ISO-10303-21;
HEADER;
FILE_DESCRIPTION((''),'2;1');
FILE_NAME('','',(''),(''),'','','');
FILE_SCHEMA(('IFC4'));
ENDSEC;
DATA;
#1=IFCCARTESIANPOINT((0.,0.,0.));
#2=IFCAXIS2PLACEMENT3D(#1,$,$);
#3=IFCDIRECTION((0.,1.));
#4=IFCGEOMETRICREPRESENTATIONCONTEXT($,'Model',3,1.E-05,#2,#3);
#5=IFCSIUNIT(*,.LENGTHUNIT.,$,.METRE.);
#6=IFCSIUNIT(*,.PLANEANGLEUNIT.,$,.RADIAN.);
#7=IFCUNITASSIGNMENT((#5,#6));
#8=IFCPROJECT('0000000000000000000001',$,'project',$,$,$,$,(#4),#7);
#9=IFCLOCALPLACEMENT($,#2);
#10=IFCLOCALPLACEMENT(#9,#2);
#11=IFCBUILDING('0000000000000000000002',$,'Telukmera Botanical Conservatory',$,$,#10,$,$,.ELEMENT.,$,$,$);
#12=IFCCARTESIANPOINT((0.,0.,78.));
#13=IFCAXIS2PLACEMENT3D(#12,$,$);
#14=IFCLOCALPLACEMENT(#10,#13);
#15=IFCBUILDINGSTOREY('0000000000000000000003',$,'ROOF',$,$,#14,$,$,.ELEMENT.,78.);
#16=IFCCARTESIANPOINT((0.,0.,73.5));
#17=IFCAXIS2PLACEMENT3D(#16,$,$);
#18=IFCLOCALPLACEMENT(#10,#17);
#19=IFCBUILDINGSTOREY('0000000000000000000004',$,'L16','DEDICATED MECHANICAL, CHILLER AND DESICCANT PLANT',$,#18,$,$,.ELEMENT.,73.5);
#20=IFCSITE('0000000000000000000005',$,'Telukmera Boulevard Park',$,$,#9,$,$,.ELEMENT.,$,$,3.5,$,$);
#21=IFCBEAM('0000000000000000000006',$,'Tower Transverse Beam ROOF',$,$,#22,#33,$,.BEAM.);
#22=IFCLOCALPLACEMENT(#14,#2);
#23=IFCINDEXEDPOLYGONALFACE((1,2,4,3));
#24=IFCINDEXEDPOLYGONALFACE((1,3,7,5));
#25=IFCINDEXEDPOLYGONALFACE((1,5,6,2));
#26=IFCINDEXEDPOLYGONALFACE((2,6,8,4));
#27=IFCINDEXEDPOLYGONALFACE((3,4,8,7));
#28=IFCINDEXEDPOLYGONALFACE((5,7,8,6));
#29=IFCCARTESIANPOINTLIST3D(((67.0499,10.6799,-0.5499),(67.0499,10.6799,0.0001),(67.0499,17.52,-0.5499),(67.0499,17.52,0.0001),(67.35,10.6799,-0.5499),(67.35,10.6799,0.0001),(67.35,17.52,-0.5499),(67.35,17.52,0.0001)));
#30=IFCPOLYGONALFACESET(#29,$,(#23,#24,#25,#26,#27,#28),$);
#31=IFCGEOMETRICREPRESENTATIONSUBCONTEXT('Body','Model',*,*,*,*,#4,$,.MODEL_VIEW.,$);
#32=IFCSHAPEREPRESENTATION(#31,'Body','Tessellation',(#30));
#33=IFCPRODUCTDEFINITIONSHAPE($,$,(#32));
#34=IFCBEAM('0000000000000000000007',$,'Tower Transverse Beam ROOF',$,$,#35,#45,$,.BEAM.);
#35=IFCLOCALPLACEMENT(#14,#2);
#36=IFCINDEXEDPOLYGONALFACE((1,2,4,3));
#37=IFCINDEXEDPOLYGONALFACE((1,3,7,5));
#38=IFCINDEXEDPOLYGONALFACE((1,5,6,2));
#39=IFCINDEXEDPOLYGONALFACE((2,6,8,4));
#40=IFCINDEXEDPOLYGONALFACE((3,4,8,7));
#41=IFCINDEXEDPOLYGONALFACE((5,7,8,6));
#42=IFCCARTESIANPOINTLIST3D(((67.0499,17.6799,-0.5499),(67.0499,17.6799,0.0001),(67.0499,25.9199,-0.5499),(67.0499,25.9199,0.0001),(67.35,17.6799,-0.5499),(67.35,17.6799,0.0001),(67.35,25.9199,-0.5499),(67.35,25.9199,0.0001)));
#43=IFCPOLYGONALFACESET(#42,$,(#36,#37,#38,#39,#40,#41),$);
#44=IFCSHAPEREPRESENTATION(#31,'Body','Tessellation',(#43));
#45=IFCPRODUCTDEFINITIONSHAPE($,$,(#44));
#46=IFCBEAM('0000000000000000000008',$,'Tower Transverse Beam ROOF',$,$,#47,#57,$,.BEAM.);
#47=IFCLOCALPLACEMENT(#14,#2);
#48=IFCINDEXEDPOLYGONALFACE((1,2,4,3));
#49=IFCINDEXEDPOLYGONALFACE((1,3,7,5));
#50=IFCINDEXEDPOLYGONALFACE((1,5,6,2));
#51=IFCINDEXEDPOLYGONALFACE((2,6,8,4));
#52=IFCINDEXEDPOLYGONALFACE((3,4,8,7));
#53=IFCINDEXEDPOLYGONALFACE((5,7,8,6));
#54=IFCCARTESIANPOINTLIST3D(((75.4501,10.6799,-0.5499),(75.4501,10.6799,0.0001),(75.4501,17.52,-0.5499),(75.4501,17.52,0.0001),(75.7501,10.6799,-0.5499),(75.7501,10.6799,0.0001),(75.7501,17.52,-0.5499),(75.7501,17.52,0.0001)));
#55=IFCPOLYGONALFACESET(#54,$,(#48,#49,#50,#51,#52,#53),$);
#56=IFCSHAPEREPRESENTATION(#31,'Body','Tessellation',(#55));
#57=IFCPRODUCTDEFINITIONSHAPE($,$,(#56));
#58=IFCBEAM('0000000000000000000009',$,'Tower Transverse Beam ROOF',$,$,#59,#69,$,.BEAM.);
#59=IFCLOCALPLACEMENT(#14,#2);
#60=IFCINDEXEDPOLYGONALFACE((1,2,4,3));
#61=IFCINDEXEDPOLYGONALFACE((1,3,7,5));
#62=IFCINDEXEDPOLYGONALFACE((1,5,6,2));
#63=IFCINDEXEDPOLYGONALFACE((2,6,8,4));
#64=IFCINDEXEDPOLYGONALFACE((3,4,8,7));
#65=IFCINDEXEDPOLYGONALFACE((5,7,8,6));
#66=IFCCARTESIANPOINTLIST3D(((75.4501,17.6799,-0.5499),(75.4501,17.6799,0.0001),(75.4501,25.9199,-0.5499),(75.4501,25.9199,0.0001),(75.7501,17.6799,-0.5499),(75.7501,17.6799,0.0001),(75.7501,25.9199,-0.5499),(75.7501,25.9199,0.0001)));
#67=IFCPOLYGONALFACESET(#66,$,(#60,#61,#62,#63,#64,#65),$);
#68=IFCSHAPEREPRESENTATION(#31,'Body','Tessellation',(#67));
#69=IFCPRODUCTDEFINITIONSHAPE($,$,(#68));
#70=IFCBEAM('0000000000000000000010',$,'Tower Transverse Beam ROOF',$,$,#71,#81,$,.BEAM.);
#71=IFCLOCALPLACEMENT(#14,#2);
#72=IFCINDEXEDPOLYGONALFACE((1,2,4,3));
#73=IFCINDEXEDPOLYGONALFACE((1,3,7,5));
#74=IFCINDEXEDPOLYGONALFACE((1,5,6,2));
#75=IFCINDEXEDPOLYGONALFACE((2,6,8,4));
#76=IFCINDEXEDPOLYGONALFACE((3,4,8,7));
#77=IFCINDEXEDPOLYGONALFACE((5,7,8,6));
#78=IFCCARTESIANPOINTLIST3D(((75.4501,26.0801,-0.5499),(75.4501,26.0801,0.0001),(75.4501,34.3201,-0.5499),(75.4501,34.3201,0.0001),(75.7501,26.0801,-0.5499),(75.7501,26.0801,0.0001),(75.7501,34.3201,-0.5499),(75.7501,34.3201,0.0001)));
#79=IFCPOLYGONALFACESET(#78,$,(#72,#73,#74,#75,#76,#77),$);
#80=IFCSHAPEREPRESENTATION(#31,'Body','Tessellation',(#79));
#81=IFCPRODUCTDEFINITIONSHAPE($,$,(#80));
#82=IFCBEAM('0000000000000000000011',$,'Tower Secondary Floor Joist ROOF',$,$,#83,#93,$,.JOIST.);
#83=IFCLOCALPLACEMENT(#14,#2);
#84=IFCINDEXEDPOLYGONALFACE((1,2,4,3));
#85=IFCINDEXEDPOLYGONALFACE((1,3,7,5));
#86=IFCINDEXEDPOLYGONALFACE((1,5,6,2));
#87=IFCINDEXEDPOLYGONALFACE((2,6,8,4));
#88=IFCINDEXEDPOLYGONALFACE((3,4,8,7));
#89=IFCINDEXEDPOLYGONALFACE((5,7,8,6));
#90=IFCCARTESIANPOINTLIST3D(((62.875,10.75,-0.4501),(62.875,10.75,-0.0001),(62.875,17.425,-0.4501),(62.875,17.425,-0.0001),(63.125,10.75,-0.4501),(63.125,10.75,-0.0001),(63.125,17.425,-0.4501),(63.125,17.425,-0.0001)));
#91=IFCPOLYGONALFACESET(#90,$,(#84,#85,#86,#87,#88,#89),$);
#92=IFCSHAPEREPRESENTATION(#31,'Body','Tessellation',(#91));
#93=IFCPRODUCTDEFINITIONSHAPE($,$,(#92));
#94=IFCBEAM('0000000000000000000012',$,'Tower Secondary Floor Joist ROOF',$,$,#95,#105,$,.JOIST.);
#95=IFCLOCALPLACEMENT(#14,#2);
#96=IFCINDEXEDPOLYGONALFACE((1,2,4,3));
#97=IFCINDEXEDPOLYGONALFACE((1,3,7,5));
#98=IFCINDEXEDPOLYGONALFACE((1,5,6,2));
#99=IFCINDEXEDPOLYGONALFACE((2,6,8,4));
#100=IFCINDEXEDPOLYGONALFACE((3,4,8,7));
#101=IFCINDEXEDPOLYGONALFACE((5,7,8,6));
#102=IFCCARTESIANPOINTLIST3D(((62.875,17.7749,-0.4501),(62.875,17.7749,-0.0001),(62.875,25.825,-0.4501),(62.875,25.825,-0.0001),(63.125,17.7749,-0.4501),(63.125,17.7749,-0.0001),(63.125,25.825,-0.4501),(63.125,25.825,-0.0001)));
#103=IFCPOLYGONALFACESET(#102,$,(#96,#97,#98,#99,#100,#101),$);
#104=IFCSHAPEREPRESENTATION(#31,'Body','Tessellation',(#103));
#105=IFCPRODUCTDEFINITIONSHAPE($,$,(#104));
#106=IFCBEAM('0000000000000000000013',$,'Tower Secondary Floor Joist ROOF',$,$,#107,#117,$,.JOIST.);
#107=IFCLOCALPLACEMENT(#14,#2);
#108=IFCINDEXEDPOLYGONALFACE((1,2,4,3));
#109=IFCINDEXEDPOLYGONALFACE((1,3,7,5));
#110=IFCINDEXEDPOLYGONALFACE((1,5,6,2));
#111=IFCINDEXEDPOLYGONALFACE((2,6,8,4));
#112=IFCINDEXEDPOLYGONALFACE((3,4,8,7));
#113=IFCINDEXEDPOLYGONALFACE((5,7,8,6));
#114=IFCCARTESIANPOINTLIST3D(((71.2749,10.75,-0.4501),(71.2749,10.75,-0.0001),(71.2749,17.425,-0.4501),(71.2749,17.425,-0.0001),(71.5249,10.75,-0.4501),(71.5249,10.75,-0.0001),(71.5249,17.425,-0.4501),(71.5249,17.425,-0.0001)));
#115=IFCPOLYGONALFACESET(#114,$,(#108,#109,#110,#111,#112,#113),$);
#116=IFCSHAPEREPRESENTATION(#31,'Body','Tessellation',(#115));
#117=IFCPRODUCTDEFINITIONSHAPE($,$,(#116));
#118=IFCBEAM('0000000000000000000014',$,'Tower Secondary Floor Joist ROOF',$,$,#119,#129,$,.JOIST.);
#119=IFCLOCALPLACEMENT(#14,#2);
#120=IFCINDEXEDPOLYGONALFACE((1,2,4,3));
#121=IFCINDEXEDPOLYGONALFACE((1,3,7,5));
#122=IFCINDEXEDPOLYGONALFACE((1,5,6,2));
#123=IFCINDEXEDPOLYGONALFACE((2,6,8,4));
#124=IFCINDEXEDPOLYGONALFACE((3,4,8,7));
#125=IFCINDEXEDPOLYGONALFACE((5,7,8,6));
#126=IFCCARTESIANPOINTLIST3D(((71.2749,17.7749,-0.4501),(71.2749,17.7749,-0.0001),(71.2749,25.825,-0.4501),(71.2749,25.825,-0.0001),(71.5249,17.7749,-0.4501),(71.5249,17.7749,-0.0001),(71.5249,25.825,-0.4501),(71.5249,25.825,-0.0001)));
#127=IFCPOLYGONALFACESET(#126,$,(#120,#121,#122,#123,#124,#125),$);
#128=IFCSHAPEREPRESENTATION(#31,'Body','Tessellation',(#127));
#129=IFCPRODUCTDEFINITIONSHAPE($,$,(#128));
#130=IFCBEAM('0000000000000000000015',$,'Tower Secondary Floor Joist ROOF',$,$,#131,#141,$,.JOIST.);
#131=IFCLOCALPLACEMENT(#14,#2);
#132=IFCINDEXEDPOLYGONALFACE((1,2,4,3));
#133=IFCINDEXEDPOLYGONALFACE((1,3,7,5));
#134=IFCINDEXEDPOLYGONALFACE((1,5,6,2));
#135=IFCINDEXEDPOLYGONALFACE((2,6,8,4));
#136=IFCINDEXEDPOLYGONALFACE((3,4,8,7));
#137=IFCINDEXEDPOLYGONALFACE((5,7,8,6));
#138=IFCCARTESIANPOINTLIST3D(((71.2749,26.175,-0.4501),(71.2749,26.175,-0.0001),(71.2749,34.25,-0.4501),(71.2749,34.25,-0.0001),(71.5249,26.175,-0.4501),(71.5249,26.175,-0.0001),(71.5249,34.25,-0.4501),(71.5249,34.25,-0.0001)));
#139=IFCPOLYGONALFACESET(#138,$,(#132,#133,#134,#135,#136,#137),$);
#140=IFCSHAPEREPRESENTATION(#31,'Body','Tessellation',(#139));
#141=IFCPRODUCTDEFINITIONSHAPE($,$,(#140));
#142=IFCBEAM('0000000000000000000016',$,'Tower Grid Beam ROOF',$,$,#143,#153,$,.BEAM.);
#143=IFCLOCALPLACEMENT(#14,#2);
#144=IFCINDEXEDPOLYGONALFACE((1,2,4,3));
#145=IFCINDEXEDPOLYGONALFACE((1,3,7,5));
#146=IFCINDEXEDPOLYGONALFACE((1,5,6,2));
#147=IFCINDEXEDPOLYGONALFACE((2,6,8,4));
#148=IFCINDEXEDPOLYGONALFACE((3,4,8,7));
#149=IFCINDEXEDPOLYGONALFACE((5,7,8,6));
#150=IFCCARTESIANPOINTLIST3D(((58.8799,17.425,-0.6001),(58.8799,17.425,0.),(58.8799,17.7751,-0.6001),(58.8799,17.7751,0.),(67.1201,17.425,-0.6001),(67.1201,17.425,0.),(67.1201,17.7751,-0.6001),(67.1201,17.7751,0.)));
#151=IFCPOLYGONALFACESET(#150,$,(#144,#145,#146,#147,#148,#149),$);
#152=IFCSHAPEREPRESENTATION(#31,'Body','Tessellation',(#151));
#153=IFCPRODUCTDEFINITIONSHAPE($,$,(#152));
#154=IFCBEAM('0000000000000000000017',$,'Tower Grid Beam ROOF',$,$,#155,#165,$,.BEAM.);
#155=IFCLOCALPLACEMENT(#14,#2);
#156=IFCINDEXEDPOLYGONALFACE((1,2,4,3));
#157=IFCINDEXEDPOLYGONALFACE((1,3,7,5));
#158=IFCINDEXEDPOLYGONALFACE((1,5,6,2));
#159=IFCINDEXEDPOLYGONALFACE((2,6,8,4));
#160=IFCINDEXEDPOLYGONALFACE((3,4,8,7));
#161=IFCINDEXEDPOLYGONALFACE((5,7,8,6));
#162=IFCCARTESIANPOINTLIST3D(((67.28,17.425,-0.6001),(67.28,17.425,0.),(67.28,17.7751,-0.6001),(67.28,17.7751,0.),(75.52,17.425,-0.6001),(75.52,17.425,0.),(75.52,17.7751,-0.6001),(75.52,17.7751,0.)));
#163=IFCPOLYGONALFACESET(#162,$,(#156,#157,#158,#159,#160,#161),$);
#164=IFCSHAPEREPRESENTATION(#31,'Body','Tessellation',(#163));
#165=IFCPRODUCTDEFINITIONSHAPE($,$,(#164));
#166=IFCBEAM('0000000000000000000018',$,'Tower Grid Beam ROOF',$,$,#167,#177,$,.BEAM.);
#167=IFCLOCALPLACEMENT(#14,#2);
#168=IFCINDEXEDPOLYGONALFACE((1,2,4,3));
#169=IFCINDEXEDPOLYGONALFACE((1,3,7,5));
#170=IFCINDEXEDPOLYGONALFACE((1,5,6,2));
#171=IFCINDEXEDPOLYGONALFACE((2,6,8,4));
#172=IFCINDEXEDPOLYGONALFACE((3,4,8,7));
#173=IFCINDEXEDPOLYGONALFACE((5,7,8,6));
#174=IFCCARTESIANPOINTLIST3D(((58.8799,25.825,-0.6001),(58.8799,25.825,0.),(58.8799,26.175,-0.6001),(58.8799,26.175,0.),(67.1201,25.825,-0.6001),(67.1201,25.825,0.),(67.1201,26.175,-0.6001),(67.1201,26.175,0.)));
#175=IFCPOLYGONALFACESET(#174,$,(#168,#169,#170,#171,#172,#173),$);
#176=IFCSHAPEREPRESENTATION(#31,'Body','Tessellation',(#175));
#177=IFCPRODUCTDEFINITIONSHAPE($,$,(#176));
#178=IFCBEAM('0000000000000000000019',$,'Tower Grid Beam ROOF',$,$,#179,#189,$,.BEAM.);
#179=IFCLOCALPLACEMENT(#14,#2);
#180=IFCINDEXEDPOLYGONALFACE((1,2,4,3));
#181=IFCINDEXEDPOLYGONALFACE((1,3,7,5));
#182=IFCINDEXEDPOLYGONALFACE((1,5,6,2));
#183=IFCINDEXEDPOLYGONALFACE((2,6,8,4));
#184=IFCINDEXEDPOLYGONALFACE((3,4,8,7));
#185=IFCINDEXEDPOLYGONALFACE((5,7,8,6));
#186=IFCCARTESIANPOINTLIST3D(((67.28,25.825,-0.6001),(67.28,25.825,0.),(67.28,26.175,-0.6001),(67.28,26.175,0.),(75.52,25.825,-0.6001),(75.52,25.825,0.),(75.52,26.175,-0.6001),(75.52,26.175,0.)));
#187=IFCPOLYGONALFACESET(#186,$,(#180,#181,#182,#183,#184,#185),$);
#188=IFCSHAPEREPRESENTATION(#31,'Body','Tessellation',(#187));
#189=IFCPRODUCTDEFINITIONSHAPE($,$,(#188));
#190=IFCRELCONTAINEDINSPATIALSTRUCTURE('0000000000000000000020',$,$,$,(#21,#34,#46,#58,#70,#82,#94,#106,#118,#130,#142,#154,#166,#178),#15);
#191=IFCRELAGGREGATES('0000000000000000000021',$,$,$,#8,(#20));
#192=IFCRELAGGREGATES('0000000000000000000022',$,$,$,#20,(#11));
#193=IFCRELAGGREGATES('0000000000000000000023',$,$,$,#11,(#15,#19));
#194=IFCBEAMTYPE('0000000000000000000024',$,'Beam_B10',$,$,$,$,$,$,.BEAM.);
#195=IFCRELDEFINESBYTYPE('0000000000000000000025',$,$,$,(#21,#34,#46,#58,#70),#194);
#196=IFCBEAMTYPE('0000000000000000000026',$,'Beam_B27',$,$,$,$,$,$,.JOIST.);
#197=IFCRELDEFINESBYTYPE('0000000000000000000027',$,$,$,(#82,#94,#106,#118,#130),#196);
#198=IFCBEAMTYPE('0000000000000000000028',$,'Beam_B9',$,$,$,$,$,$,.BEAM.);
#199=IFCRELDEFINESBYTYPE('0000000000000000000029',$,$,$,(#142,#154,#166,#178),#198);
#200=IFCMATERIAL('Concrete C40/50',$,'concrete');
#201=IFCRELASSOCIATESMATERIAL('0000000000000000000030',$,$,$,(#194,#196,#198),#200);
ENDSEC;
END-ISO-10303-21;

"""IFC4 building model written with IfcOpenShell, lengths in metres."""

from ifc_helpers import new_model, si_unit, direction, frame, origin, origin_2d, place, context, subcontext, project, spatial, rectangle, extrude, material, material_profile, profile_set, type_object, element, save


model = new_model("IFC4")

# Units and contexts
model_context = context("Model", 3, precision=1e-05, world=origin(), true_north=direction((0.0, 1.0)))
body_context = subcontext(model_context, "Body", "Model", "MODEL_VIEW")
ifc_project = project(units=[si_unit("LENGTHUNIT", "METRE"), si_unit("PLANEANGLEUNIT", "RADIAN")], contexts=[model_context])

# Site, building, storey
site_placement = place(None, origin())
site = spatial("IfcSite", under=ifc_project, at=site_placement, Name="Telukmera Boulevard Park", CompositionType="ELEMENT", RefElevation=3.5)
building_placement = place(site_placement, origin())
building = spatial("IfcBuilding", under=site, at=building_placement, Name="Telukmera Botanical Conservatory", CompositionType="ELEMENT")
storey_1_placement = place(building_placement, frame((0.0, 0.0, 78.0)))
storey_1 = spatial("IfcBuildingStorey", under=building, at=storey_1_placement, Name="ROOF", CompositionType="ELEMENT", Elevation=78.0)

# Beams
ifc_material_1 = material(Name="Concrete C40/50", Category="concrete")
ifc_material_profile_1 = material_profile(ifc_material_1, rectangle(XDim=0.3, YDim=0.55, at=origin_2d()), Name="RC 300x550")
ifc_profile_set_1 = profile_set([ifc_material_profile_1], Name="Concrete C40/50")
beam_type_1 = type_object("IfcBeamType", Name="Beam_B10", PredefinedType="BEAM", material=ifc_profile_set_1)
beam_1_placement = place(storey_1_placement, frame((67.2, 10.6799, -0.2749), z_axis=(0.0, 1.0, 0.0), x_axis=(-1.0, 0.0, 0.0)))
element("IfcBeam", 1, at=beam_1_placement, inside=storey_1, type_object=beam_type_1, Name="Tower Transverse Beam ROOF", PredefinedType="BEAM", context=body_context, shape_type="SweptSolid", body=[
    extrude(rectangle(XDim=0.3, YDim=0.55, at=origin_2d()), origin(), (0.0, 0.0, 1.0), 6.8401),
])
beam_2_placement = place(storey_1_placement, frame((67.2, 17.6799, -0.2749), z_axis=(0.0, 1.0, 0.0), x_axis=(-1.0, 0.0, 0.0)))
element("IfcBeam", 2, at=beam_2_placement, inside=storey_1, type_object=beam_type_1, Name="Tower Transverse Beam ROOF", PredefinedType="BEAM", context=body_context, shape_type="SweptSolid", body=[
    extrude(rectangle(XDim=0.3, YDim=0.55, at=origin_2d()), origin(), (0.0, 0.0, 1.0), 8.24),
])
beam_3_placement = place(storey_1_placement, frame((75.6001, 10.6799, -0.2749), z_axis=(0.0, 1.0, 0.0), x_axis=(-1.0, 0.0, 0.0)))
element("IfcBeam", 3, at=beam_3_placement, inside=storey_1, type_object=beam_type_1, Name="Tower Transverse Beam ROOF", PredefinedType="BEAM", context=body_context, shape_type="SweptSolid", body=[
    extrude(rectangle(XDim=0.3, YDim=0.55, at=origin_2d()), origin(), (0.0, 0.0, 1.0), 6.8401),
])
for number, where, z_axis, x_axis, name in (
    (4, (75.6001, 17.6799, -0.2749), (0.0, 1.0, 0.0), (-1.0, 0.0, 0.0), "Tower Transverse Beam ROOF"),
    (5, (75.6001, 26.0801, -0.2749), (0.0, 1.0, 0.0), (-1.0, 0.0, 0.0), "Tower Transverse Beam ROOF"),
):
    element("IfcBeam", number, at=place(storey_1_placement, frame(where, z_axis=z_axis, x_axis=x_axis)), inside=storey_1, type_object=beam_type_1, Name=name, PredefinedType="BEAM", context=body_context, shape_type="SweptSolid", body=[
        extrude(rectangle(XDim=0.3, YDim=0.55, at=origin_2d()), origin(), (0.0, 0.0, 1.0), 8.24),
    ])
ifc_material_profile_2 = material_profile(ifc_material_1, rectangle(XDim=0.25, YDim=0.45, at=origin_2d()), Name="RC 250x450")
ifc_profile_set_2 = profile_set([ifc_material_profile_2], Name="Concrete C40/50")
beam_type_2 = type_object("IfcBeamType", Name="Beam_B27", PredefinedType="JOIST", material=ifc_profile_set_2)
beam_4_placement = place(storey_1_placement, frame((63.0, 10.75, -0.2251), z_axis=(0.0, 1.0, 0.0), x_axis=(-1.0, 0.0, 0.0)))
element("IfcBeam", 6, at=beam_4_placement, inside=storey_1, type_object=beam_type_2, Name="Tower Secondary Floor Joist ROOF", PredefinedType="JOIST", context=body_context, shape_type="SweptSolid", body=[
    extrude(rectangle(XDim=0.25, YDim=0.45, at=origin_2d()), origin(), (0.0, 0.0, 1.0), 6.675),
])
beam_5_placement = place(storey_1_placement, frame((63.0, 17.7749, -0.2251), z_axis=(0.0, 1.0, 0.0), x_axis=(-1.0, 0.0, 0.0)))
element("IfcBeam", 7, at=beam_5_placement, inside=storey_1, type_object=beam_type_2, Name="Tower Secondary Floor Joist ROOF", PredefinedType="JOIST", context=body_context, shape_type="SweptSolid", body=[
    extrude(rectangle(XDim=0.25, YDim=0.45, at=origin_2d()), origin(), (0.0, 0.0, 1.0), 8.05),
])
beam_6_placement = place(storey_1_placement, frame((71.3999, 10.75, -0.2251), z_axis=(0.0, 1.0, 0.0), x_axis=(-1.0, 0.0, 0.0)))
element("IfcBeam", 8, at=beam_6_placement, inside=storey_1, type_object=beam_type_2, Name="Tower Secondary Floor Joist ROOF", PredefinedType="JOIST", context=body_context, shape_type="SweptSolid", body=[
    extrude(rectangle(XDim=0.25, YDim=0.45, at=origin_2d()), origin(), (0.0, 0.0, 1.0), 6.675),
])
beam_7_placement = place(storey_1_placement, frame((71.3999, 17.7749, -0.2251), z_axis=(0.0, 1.0, 0.0), x_axis=(-1.0, 0.0, 0.0)))
element("IfcBeam", 9, at=beam_7_placement, inside=storey_1, type_object=beam_type_2, Name="Tower Secondary Floor Joist ROOF", PredefinedType="JOIST", context=body_context, shape_type="SweptSolid", body=[
    extrude(rectangle(XDim=0.25, YDim=0.45, at=origin_2d()), origin(), (0.0, 0.0, 1.0), 8.05),
])
beam_8_placement = place(storey_1_placement, frame((71.3999, 26.175, -0.2251), z_axis=(0.0, 1.0, 0.0), x_axis=(-1.0, 0.0, 0.0)))
element("IfcBeam", 10, at=beam_8_placement, inside=storey_1, type_object=beam_type_2, Name="Tower Secondary Floor Joist ROOF", PredefinedType="JOIST", context=body_context, shape_type="SweptSolid", body=[
    extrude(rectangle(XDim=0.25, YDim=0.45, at=origin_2d()), origin(), (0.0, 0.0, 1.0), 8.075),
])
ifc_material_profile_3 = material_profile(ifc_material_1, rectangle(XDim=0.3501, YDim=0.6001, at=origin_2d()), Name="RC 350x600")
ifc_profile_set_3 = profile_set([ifc_material_profile_3], Name="Concrete C40/50")
beam_type_3 = type_object("IfcBeamType", Name="Beam_B9", PredefinedType="BEAM", material=ifc_profile_set_3)
beam_9_placement = place(storey_1_placement, frame((58.8799, 17.6001, -0.3), z_axis=(1.0, 0.0, 0.0), x_axis=(0.0, 1.0, 0.0)))
element("IfcBeam", 11, at=beam_9_placement, inside=storey_1, type_object=beam_type_3, Name="Tower Grid Beam ROOF", PredefinedType="BEAM", context=body_context, shape_type="SweptSolid", body=[
    extrude(rectangle(XDim=0.3501, YDim=0.6001, at=origin_2d()), origin(), (0.0, 0.0, 1.0), 8.2402),
])
beam_10_placement = place(storey_1_placement, frame((67.28, 17.6001, -0.3), z_axis=(1.0, 0.0, 0.0), x_axis=(0.0, 1.0, 0.0)))
element("IfcBeam", 12, at=beam_10_placement, inside=storey_1, type_object=beam_type_3, Name="Tower Grid Beam ROOF", PredefinedType="BEAM", context=body_context, shape_type="SweptSolid", body=[
    extrude(rectangle(XDim=0.3501, YDim=0.6001, at=origin_2d()), origin(), (0.0, 0.0, 1.0), 8.24),
])
beam_11_placement = place(storey_1_placement, frame((58.8799, 26.0, -0.3), z_axis=(1.0, 0.0, 0.0), x_axis=(0.0, 1.0, 0.0)))
element("IfcBeam", 13, at=beam_11_placement, inside=storey_1, type_object=beam_type_3, Name="Tower Grid Beam ROOF", PredefinedType="BEAM", context=body_context, shape_type="SweptSolid", body=[
    extrude(rectangle(XDim=0.3501, YDim=0.6001, at=origin_2d()), origin(), (0.0, 0.0, 1.0), 8.2402),
])
beam_12_placement = place(storey_1_placement, frame((67.28, 26.0, -0.3), z_axis=(1.0, 0.0, 0.0), x_axis=(0.0, 1.0, 0.0)))
element("IfcBeam", 14, at=beam_12_placement, inside=storey_1, type_object=beam_type_3, Name="Tower Grid Beam ROOF", PredefinedType="BEAM", context=body_context, shape_type="SweptSolid", body=[
    extrude(rectangle(XDim=0.3501, YDim=0.6001, at=origin_2d()), origin(), (0.0, 0.0, 1.0), 8.24),
])

# Shared definitions
storey_2_placement = place(building_placement, frame((0.0, 0.0, 73.5)))
storey_2 = spatial("IfcBuildingStorey", under=building, at=storey_2_placement, Name="L16", Description="DEDICATED MECHANICAL, CHILLER AND DESICCANT PLANT", CompositionType="ELEMENT", Elevation=73.5)

save(model, "model.ifc")
